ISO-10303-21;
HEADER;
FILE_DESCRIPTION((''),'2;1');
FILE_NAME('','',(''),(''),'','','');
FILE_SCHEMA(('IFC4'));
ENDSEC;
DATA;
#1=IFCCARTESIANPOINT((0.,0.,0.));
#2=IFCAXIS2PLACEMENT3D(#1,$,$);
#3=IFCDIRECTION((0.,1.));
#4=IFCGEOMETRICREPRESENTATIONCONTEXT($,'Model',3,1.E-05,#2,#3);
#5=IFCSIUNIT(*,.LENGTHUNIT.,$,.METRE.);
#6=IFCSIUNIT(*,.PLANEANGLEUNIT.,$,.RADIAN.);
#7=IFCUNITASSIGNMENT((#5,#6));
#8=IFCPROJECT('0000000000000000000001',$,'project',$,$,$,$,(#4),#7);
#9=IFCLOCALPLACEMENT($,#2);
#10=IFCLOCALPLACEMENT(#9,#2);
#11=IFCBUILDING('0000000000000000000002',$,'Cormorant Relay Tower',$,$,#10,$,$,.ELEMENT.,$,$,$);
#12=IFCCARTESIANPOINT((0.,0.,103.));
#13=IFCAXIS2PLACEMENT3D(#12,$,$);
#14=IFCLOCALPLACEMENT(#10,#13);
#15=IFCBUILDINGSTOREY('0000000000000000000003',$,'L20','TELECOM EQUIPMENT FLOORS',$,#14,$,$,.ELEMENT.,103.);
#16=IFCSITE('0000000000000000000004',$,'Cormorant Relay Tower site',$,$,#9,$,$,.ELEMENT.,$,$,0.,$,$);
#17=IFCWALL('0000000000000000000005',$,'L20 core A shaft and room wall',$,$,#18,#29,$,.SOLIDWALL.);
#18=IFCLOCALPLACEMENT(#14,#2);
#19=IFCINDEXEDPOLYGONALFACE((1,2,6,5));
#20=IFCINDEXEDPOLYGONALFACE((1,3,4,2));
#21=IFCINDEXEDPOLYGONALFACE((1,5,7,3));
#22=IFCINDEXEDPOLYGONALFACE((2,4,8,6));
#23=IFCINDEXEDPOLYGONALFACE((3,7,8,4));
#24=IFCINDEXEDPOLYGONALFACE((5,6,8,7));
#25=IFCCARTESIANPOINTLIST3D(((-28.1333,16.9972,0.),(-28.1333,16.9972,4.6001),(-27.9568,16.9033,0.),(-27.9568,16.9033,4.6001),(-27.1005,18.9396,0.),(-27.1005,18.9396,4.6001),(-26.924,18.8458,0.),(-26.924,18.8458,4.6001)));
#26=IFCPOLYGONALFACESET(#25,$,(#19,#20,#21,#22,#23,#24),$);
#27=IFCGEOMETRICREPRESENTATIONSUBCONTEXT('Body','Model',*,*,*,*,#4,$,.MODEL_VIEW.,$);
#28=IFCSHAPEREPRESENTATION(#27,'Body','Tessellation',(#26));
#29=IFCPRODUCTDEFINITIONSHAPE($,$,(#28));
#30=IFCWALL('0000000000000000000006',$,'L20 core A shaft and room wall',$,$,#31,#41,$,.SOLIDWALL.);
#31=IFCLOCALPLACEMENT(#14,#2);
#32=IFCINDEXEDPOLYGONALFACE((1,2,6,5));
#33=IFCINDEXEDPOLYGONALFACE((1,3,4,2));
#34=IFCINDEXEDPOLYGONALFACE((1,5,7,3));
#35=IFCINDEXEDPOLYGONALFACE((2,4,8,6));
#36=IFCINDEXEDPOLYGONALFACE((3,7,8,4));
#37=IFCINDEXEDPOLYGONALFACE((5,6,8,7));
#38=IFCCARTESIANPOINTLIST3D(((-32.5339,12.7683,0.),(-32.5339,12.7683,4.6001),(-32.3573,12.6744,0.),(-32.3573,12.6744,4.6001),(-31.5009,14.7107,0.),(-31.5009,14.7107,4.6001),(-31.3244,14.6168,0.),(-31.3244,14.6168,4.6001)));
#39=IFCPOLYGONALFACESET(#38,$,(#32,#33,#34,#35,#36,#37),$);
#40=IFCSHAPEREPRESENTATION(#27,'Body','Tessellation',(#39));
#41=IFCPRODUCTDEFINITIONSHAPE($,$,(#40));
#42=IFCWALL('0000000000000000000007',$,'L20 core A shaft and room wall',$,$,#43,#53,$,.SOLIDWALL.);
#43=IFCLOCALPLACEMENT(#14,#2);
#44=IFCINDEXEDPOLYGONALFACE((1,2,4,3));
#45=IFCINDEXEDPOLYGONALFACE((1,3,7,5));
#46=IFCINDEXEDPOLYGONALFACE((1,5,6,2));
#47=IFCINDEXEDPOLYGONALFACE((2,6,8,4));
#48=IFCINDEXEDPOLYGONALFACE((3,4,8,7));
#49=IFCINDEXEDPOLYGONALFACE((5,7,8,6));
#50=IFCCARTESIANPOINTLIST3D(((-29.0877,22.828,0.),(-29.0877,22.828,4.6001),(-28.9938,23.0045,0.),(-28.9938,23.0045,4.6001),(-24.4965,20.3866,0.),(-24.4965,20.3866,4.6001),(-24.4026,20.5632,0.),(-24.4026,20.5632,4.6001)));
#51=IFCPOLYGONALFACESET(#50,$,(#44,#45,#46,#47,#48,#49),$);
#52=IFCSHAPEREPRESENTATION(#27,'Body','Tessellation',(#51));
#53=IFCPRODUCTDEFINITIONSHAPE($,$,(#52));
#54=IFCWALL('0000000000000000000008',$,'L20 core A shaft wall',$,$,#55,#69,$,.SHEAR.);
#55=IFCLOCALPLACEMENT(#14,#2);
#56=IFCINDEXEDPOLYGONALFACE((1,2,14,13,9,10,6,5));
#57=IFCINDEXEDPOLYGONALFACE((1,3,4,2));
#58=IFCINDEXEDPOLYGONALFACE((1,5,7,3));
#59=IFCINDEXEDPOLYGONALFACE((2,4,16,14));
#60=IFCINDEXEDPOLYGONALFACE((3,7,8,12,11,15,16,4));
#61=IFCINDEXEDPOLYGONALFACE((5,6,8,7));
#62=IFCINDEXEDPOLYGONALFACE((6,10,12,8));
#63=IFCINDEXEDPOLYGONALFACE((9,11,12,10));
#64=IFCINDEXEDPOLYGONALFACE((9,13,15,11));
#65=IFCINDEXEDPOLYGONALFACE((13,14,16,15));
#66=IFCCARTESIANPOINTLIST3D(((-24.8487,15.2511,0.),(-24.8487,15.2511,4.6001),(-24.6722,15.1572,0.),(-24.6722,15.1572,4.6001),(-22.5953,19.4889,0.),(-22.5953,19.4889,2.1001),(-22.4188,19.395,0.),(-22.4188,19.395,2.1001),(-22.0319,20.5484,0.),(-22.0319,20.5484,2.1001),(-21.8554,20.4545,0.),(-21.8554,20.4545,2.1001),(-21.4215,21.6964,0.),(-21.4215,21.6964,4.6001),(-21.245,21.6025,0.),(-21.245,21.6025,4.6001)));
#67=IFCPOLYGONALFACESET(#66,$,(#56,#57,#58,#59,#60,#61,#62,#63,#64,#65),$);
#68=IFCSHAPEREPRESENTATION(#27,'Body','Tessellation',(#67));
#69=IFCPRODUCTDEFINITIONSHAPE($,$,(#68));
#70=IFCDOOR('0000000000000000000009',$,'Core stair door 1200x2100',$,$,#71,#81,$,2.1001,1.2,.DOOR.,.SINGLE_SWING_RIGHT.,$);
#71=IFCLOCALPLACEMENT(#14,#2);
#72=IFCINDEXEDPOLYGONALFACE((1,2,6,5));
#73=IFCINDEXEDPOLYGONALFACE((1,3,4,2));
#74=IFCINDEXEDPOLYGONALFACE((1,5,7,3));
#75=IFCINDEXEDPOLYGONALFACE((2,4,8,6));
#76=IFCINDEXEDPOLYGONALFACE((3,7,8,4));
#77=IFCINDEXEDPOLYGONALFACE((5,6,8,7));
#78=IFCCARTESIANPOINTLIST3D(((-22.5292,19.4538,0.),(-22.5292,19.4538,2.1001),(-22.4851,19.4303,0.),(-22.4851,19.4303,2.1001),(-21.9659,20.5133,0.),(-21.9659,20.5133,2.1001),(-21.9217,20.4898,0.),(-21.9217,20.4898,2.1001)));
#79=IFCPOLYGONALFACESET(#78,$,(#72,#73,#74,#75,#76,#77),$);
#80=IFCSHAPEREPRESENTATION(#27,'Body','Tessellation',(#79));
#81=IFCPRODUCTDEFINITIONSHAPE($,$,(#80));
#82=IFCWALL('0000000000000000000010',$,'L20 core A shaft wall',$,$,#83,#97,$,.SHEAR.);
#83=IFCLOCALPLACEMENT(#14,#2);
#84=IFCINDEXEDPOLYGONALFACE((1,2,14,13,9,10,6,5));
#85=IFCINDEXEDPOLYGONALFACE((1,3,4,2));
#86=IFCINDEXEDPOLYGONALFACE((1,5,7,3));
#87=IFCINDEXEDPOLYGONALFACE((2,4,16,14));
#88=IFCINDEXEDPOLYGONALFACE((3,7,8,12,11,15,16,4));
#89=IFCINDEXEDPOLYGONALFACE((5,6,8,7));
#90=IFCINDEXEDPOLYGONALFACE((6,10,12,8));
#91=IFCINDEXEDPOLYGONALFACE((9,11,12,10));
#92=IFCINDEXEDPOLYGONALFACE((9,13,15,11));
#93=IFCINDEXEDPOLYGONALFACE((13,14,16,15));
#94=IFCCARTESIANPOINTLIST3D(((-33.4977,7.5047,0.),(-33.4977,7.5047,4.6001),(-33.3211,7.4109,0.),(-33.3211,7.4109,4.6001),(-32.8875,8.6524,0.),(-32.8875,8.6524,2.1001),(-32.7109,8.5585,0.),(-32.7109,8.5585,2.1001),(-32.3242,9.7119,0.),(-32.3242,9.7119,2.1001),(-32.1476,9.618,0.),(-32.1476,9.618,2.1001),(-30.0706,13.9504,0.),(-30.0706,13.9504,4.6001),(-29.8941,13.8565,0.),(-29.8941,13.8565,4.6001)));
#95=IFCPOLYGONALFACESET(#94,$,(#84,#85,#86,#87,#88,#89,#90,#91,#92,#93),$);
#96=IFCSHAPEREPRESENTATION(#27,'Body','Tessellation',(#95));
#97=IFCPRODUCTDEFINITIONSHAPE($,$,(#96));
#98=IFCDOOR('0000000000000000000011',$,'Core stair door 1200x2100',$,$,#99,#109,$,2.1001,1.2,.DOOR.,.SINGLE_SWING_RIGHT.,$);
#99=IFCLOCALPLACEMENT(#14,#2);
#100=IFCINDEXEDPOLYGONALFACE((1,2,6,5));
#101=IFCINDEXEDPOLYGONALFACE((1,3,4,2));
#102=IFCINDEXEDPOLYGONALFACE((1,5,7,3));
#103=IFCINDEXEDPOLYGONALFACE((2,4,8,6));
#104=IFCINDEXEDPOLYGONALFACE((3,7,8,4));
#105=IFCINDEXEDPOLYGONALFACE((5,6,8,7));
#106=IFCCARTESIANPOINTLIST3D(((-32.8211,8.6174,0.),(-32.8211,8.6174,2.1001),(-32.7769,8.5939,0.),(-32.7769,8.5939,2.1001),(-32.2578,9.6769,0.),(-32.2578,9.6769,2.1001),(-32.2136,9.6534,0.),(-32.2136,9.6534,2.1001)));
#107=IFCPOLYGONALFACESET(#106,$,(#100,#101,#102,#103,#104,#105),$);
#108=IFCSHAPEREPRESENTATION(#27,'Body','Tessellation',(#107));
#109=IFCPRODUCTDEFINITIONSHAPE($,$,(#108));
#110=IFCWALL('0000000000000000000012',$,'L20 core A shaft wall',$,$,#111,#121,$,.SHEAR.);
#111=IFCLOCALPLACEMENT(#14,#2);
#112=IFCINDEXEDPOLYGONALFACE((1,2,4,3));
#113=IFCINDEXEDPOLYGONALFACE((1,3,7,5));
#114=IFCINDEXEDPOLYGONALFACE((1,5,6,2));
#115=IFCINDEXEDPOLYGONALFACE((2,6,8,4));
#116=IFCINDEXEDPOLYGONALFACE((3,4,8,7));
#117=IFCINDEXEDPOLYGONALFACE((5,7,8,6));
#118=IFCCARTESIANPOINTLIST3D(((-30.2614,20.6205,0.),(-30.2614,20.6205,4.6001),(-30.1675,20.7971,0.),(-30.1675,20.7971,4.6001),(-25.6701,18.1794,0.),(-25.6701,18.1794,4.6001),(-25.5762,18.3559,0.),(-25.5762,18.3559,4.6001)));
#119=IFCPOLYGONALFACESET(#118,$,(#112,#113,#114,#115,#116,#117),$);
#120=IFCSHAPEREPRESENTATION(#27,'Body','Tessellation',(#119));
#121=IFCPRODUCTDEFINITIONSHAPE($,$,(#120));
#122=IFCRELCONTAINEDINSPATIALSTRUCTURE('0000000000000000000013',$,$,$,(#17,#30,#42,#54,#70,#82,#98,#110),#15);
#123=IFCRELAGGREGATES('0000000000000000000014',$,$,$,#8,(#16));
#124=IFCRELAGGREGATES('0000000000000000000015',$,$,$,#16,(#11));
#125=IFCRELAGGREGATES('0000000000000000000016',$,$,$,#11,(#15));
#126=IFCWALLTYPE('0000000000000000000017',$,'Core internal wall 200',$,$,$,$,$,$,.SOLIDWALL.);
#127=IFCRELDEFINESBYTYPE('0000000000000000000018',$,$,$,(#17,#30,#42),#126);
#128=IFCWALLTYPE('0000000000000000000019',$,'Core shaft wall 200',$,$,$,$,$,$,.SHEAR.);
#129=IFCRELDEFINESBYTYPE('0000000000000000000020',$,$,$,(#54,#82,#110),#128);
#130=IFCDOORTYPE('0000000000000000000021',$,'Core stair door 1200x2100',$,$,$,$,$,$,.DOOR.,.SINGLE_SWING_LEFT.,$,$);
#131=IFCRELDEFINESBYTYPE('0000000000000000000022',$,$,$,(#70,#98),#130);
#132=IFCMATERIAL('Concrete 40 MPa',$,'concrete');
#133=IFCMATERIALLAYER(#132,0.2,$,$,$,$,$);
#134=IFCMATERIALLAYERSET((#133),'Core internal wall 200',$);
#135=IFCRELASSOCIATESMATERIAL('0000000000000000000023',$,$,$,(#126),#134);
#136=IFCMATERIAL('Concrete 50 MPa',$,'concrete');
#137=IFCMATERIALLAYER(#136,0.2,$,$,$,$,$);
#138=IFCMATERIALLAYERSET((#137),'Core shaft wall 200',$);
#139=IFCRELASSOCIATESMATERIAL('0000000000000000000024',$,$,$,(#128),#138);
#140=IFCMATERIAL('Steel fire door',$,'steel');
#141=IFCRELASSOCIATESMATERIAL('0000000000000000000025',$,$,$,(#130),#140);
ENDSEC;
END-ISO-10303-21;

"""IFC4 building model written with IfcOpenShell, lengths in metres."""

from ifc_helpers import new_model, si_unit, direction, frame, frame_2d, origin, place, context, subcontext, project, spatial, rectangle, extrude, material, layer, layer_set, type_object, element, fill, save


model = new_model("IFC4")

# Units and contexts
model_context = context("Model", 3, precision=1e-05, world=origin(), true_north=direction((0.0, 1.0)))
body_context = subcontext(model_context, "Body", "Model", "MODEL_VIEW")
ifc_project = project(units=[si_unit("LENGTHUNIT", "METRE"), si_unit("PLANEANGLEUNIT", "RADIAN")], contexts=[model_context])

# Site, building, storey
site_placement = place(None, origin())
site = spatial("IfcSite", under=ifc_project, at=site_placement, Name="Cormorant Relay Tower site", CompositionType="ELEMENT", RefElevation=0.0)
building_placement = place(site_placement, origin())
building = spatial("IfcBuilding", under=site, at=building_placement, Name="Cormorant Relay Tower", CompositionType="ELEMENT")
storey_placement = place(building_placement, frame((0.0, 0.0, 103.0)))
storey = spatial("IfcBuildingStorey", under=building, at=storey_placement, Name="L20", Description="TELECOM EQUIPMENT FLOORS", CompositionType="ELEMENT", Elevation=103.0)

# Walls
ifc_material_1 = material(Name="Concrete 40 MPa", Category="concrete")
ifc_layer_1 = layer(ifc_material_1, 0.2)
ifc_layer_set_1 = layer_set([ifc_layer_1], Name="Core internal wall 200")
wall_type_1 = type_object("IfcWallType", Name="Core internal wall 200", PredefinedType="SOLIDWALL", material=ifc_layer_set_1)
for number, where, z_axis, x_axis, name in (
    (1, (-27.0122, 18.8928, 0.0), (0.0, 0.0, 1.0), (-0.469447, -0.88296, 0.0), "L20 core A shaft and room wall"),
    (2, (-31.4126, 14.6638, 0.0), (0.0, 0.0, 1.0), (-0.469534, -0.882914, 0.0), "L20 core A shaft and room wall"),
):
    element("IfcWall", number, at=place(storey_placement, frame(where, z_axis=z_axis, x_axis=x_axis)), inside=storey, type_object=wall_type_1, Name=name, PredefinedType="SOLIDWALL", context=body_context, shape_type="SweptSolid", body=[
        extrude(rectangle(XDim=2.2, YDim=0.2, at=frame_2d((1.1001, 0.0))), origin(), (0.0, 0.0, 1.0), 4.6001),
    ])
wall_1_placement = place(storey_placement, frame((-24.4495, 20.4749, 0.0), z_axis=(0.0, 0.0, 1.0), x_axis=(-0.882935, 0.469496, 0.0)))
element("IfcWall", 3, at=wall_1_placement, inside=storey, type_object=wall_type_1, Name="L20 core A shaft and room wall", PredefinedType="SOLIDWALL", context=body_context, shape_type="SweptSolid", body=[
    extrude(rectangle(XDim=5.2, YDim=0.2, at=frame_2d((2.6001, 0.0))), origin(), (0.0, 0.0, 1.0), 4.6001),
])

# Walls, openings, doors
ifc_material_2 = material(Name="Concrete 50 MPa", Category="concrete")
ifc_layer_2 = layer(ifc_material_2, 0.2)
ifc_layer_set_2 = layer_set([ifc_layer_2], Name="Core shaft wall 200")
wall_type_2 = type_object("IfcWallType", Name="Core shaft wall 200", PredefinedType="SHEAR", material=ifc_layer_set_2)
wall_2_placement = place(storey_placement, frame((-21.3333, 21.6494, 0.0), z_axis=(0.0, 0.0, 1.0), x_axis=(-0.469494, -0.882936, 0.0)))
wall_2 = element("IfcWall", 4, at=wall_2_placement, inside=storey, type_object=wall_type_2, Name="L20 core A shaft wall", PredefinedType="SHEAR", context=body_context, shape_type="SweptSolid", body=[
    extrude(rectangle(XDim=7.2998, YDim=0.2, at=frame_2d((3.6499, 0.0))), origin(), (0.0, 0.0, 1.0), 4.6001),
])
opening_1_placement = place(wall_2_placement, frame((1.3, 0.0, 0.0)))
opening_1 = element("IfcOpeningElement", 5, at=opening_1_placement, cuts=wall_2, PredefinedType="OPENING", context=body_context, shape_type="SweptSolid", body=[
    extrude(rectangle(XDim=1.2, YDim=2.1001, at=frame_2d((0.6001, 1.05))), frame((0.0, 0.1099, 0.0), z_axis=(0.0, -1.0, 0.0), x_axis=(1.0, 0.0, 0.0)), (0.0, 0.0, 1.0), 0.22),
])
ifc_material_3 = material(Name="Steel fire door", Category="steel")
door_type_1 = type_object("IfcDoorType", Name="Core stair door 1200x2100", OperationType="SINGLE_SWING_LEFT", PredefinedType="DOOR", material=ifc_material_3)
door_1_placement = place(opening_1_placement, origin())
door_1 = element("IfcDoor", 6, at=door_1_placement, inside=storey, type_object=door_type_1, Name="Core stair door 1200x2100", OperationType="SINGLE_SWING_RIGHT", OverallHeight=2.1001, OverallWidth=1.2, PredefinedType="DOOR", context=body_context, shape_type="SweptSolid", body=[
    extrude(rectangle(XDim=1.2, YDim=2.1001, at=frame_2d((0.6001, 1.05))), frame((0.0, 0.0249, 0.0), z_axis=(0.0, -1.0, 0.0), x_axis=(1.0, 0.0, 0.0)), (0.0, 0.0, 1.0), 0.05),
])
fill(opening_1, door_1)
wall_3_placement = place(storey_placement, frame((-29.9824, 13.9033, 0.0), z_axis=(0.0, 0.0, 1.0), x_axis=(-0.469454, -0.882957, 0.0)))
wall_3 = element("IfcWall", 7, at=wall_3_placement, inside=storey, type_object=wall_type_2, Name="L20 core A shaft wall", PredefinedType="SHEAR", context=body_context, shape_type="SweptSolid", body=[
    extrude(rectangle(XDim=7.3, YDim=0.2, at=frame_2d((3.6499, 0.0))), origin(), (0.0, 0.0, 1.0), 4.6001),
])
opening_2_placement = place(wall_3_placement, frame((4.8, 0.0, 0.0)))
opening_2 = element("IfcOpeningElement", 8, at=opening_2_placement, cuts=wall_3, PredefinedType="OPENING", context=body_context, shape_type="SweptSolid", body=[
    extrude(rectangle(XDim=1.2, YDim=2.1001, at=frame_2d((0.6001, 1.05))), frame((0.0, 0.1099, 0.0), z_axis=(0.0, -1.0, 0.0), x_axis=(1.0, 0.0, 0.0)), (0.0, 0.0, 1.0), 0.22),
])
door_2_placement = place(opening_2_placement, frame((1.2, 0.0, 0.0), z_axis=(0.0, 0.0, 1.0), x_axis=(-1.0, 0.0, 0.0)))
door_2 = element("IfcDoor", 9, at=door_2_placement, inside=storey, type_object=door_type_1, Name="Core stair door 1200x2100", OperationType="SINGLE_SWING_RIGHT", OverallHeight=2.1001, OverallWidth=1.2, PredefinedType="DOOR", context=body_context, shape_type="SweptSolid", body=[
    extrude(rectangle(XDim=1.2, YDim=2.1001, at=frame_2d((0.6001, 1.05))), frame((0.0, 0.0249, 0.0), z_axis=(0.0, -1.0, 0.0), x_axis=(1.0, 0.0, 0.0)), (0.0, 0.0, 1.0), 0.05),
])
fill(opening_2, door_2)

# Wall
wall_4_placement = place(storey_placement, frame((-25.623, 18.2676, 0.0), z_axis=(0.0, 0.0, 1.0), x_axis=(-0.882954, 0.46946, 0.0)))
element("IfcWall", 10, at=wall_4_placement, inside=storey, type_object=wall_type_2, Name="L20 core A shaft wall", PredefinedType="SHEAR", context=body_context, shape_type="SweptSolid", body=[
    extrude(rectangle(XDim=5.2, YDim=0.2, at=frame_2d((2.6001, 0.0))), origin(), (0.0, 0.0, 1.0), 4.6001),
])

save(model, "model.ifc")
